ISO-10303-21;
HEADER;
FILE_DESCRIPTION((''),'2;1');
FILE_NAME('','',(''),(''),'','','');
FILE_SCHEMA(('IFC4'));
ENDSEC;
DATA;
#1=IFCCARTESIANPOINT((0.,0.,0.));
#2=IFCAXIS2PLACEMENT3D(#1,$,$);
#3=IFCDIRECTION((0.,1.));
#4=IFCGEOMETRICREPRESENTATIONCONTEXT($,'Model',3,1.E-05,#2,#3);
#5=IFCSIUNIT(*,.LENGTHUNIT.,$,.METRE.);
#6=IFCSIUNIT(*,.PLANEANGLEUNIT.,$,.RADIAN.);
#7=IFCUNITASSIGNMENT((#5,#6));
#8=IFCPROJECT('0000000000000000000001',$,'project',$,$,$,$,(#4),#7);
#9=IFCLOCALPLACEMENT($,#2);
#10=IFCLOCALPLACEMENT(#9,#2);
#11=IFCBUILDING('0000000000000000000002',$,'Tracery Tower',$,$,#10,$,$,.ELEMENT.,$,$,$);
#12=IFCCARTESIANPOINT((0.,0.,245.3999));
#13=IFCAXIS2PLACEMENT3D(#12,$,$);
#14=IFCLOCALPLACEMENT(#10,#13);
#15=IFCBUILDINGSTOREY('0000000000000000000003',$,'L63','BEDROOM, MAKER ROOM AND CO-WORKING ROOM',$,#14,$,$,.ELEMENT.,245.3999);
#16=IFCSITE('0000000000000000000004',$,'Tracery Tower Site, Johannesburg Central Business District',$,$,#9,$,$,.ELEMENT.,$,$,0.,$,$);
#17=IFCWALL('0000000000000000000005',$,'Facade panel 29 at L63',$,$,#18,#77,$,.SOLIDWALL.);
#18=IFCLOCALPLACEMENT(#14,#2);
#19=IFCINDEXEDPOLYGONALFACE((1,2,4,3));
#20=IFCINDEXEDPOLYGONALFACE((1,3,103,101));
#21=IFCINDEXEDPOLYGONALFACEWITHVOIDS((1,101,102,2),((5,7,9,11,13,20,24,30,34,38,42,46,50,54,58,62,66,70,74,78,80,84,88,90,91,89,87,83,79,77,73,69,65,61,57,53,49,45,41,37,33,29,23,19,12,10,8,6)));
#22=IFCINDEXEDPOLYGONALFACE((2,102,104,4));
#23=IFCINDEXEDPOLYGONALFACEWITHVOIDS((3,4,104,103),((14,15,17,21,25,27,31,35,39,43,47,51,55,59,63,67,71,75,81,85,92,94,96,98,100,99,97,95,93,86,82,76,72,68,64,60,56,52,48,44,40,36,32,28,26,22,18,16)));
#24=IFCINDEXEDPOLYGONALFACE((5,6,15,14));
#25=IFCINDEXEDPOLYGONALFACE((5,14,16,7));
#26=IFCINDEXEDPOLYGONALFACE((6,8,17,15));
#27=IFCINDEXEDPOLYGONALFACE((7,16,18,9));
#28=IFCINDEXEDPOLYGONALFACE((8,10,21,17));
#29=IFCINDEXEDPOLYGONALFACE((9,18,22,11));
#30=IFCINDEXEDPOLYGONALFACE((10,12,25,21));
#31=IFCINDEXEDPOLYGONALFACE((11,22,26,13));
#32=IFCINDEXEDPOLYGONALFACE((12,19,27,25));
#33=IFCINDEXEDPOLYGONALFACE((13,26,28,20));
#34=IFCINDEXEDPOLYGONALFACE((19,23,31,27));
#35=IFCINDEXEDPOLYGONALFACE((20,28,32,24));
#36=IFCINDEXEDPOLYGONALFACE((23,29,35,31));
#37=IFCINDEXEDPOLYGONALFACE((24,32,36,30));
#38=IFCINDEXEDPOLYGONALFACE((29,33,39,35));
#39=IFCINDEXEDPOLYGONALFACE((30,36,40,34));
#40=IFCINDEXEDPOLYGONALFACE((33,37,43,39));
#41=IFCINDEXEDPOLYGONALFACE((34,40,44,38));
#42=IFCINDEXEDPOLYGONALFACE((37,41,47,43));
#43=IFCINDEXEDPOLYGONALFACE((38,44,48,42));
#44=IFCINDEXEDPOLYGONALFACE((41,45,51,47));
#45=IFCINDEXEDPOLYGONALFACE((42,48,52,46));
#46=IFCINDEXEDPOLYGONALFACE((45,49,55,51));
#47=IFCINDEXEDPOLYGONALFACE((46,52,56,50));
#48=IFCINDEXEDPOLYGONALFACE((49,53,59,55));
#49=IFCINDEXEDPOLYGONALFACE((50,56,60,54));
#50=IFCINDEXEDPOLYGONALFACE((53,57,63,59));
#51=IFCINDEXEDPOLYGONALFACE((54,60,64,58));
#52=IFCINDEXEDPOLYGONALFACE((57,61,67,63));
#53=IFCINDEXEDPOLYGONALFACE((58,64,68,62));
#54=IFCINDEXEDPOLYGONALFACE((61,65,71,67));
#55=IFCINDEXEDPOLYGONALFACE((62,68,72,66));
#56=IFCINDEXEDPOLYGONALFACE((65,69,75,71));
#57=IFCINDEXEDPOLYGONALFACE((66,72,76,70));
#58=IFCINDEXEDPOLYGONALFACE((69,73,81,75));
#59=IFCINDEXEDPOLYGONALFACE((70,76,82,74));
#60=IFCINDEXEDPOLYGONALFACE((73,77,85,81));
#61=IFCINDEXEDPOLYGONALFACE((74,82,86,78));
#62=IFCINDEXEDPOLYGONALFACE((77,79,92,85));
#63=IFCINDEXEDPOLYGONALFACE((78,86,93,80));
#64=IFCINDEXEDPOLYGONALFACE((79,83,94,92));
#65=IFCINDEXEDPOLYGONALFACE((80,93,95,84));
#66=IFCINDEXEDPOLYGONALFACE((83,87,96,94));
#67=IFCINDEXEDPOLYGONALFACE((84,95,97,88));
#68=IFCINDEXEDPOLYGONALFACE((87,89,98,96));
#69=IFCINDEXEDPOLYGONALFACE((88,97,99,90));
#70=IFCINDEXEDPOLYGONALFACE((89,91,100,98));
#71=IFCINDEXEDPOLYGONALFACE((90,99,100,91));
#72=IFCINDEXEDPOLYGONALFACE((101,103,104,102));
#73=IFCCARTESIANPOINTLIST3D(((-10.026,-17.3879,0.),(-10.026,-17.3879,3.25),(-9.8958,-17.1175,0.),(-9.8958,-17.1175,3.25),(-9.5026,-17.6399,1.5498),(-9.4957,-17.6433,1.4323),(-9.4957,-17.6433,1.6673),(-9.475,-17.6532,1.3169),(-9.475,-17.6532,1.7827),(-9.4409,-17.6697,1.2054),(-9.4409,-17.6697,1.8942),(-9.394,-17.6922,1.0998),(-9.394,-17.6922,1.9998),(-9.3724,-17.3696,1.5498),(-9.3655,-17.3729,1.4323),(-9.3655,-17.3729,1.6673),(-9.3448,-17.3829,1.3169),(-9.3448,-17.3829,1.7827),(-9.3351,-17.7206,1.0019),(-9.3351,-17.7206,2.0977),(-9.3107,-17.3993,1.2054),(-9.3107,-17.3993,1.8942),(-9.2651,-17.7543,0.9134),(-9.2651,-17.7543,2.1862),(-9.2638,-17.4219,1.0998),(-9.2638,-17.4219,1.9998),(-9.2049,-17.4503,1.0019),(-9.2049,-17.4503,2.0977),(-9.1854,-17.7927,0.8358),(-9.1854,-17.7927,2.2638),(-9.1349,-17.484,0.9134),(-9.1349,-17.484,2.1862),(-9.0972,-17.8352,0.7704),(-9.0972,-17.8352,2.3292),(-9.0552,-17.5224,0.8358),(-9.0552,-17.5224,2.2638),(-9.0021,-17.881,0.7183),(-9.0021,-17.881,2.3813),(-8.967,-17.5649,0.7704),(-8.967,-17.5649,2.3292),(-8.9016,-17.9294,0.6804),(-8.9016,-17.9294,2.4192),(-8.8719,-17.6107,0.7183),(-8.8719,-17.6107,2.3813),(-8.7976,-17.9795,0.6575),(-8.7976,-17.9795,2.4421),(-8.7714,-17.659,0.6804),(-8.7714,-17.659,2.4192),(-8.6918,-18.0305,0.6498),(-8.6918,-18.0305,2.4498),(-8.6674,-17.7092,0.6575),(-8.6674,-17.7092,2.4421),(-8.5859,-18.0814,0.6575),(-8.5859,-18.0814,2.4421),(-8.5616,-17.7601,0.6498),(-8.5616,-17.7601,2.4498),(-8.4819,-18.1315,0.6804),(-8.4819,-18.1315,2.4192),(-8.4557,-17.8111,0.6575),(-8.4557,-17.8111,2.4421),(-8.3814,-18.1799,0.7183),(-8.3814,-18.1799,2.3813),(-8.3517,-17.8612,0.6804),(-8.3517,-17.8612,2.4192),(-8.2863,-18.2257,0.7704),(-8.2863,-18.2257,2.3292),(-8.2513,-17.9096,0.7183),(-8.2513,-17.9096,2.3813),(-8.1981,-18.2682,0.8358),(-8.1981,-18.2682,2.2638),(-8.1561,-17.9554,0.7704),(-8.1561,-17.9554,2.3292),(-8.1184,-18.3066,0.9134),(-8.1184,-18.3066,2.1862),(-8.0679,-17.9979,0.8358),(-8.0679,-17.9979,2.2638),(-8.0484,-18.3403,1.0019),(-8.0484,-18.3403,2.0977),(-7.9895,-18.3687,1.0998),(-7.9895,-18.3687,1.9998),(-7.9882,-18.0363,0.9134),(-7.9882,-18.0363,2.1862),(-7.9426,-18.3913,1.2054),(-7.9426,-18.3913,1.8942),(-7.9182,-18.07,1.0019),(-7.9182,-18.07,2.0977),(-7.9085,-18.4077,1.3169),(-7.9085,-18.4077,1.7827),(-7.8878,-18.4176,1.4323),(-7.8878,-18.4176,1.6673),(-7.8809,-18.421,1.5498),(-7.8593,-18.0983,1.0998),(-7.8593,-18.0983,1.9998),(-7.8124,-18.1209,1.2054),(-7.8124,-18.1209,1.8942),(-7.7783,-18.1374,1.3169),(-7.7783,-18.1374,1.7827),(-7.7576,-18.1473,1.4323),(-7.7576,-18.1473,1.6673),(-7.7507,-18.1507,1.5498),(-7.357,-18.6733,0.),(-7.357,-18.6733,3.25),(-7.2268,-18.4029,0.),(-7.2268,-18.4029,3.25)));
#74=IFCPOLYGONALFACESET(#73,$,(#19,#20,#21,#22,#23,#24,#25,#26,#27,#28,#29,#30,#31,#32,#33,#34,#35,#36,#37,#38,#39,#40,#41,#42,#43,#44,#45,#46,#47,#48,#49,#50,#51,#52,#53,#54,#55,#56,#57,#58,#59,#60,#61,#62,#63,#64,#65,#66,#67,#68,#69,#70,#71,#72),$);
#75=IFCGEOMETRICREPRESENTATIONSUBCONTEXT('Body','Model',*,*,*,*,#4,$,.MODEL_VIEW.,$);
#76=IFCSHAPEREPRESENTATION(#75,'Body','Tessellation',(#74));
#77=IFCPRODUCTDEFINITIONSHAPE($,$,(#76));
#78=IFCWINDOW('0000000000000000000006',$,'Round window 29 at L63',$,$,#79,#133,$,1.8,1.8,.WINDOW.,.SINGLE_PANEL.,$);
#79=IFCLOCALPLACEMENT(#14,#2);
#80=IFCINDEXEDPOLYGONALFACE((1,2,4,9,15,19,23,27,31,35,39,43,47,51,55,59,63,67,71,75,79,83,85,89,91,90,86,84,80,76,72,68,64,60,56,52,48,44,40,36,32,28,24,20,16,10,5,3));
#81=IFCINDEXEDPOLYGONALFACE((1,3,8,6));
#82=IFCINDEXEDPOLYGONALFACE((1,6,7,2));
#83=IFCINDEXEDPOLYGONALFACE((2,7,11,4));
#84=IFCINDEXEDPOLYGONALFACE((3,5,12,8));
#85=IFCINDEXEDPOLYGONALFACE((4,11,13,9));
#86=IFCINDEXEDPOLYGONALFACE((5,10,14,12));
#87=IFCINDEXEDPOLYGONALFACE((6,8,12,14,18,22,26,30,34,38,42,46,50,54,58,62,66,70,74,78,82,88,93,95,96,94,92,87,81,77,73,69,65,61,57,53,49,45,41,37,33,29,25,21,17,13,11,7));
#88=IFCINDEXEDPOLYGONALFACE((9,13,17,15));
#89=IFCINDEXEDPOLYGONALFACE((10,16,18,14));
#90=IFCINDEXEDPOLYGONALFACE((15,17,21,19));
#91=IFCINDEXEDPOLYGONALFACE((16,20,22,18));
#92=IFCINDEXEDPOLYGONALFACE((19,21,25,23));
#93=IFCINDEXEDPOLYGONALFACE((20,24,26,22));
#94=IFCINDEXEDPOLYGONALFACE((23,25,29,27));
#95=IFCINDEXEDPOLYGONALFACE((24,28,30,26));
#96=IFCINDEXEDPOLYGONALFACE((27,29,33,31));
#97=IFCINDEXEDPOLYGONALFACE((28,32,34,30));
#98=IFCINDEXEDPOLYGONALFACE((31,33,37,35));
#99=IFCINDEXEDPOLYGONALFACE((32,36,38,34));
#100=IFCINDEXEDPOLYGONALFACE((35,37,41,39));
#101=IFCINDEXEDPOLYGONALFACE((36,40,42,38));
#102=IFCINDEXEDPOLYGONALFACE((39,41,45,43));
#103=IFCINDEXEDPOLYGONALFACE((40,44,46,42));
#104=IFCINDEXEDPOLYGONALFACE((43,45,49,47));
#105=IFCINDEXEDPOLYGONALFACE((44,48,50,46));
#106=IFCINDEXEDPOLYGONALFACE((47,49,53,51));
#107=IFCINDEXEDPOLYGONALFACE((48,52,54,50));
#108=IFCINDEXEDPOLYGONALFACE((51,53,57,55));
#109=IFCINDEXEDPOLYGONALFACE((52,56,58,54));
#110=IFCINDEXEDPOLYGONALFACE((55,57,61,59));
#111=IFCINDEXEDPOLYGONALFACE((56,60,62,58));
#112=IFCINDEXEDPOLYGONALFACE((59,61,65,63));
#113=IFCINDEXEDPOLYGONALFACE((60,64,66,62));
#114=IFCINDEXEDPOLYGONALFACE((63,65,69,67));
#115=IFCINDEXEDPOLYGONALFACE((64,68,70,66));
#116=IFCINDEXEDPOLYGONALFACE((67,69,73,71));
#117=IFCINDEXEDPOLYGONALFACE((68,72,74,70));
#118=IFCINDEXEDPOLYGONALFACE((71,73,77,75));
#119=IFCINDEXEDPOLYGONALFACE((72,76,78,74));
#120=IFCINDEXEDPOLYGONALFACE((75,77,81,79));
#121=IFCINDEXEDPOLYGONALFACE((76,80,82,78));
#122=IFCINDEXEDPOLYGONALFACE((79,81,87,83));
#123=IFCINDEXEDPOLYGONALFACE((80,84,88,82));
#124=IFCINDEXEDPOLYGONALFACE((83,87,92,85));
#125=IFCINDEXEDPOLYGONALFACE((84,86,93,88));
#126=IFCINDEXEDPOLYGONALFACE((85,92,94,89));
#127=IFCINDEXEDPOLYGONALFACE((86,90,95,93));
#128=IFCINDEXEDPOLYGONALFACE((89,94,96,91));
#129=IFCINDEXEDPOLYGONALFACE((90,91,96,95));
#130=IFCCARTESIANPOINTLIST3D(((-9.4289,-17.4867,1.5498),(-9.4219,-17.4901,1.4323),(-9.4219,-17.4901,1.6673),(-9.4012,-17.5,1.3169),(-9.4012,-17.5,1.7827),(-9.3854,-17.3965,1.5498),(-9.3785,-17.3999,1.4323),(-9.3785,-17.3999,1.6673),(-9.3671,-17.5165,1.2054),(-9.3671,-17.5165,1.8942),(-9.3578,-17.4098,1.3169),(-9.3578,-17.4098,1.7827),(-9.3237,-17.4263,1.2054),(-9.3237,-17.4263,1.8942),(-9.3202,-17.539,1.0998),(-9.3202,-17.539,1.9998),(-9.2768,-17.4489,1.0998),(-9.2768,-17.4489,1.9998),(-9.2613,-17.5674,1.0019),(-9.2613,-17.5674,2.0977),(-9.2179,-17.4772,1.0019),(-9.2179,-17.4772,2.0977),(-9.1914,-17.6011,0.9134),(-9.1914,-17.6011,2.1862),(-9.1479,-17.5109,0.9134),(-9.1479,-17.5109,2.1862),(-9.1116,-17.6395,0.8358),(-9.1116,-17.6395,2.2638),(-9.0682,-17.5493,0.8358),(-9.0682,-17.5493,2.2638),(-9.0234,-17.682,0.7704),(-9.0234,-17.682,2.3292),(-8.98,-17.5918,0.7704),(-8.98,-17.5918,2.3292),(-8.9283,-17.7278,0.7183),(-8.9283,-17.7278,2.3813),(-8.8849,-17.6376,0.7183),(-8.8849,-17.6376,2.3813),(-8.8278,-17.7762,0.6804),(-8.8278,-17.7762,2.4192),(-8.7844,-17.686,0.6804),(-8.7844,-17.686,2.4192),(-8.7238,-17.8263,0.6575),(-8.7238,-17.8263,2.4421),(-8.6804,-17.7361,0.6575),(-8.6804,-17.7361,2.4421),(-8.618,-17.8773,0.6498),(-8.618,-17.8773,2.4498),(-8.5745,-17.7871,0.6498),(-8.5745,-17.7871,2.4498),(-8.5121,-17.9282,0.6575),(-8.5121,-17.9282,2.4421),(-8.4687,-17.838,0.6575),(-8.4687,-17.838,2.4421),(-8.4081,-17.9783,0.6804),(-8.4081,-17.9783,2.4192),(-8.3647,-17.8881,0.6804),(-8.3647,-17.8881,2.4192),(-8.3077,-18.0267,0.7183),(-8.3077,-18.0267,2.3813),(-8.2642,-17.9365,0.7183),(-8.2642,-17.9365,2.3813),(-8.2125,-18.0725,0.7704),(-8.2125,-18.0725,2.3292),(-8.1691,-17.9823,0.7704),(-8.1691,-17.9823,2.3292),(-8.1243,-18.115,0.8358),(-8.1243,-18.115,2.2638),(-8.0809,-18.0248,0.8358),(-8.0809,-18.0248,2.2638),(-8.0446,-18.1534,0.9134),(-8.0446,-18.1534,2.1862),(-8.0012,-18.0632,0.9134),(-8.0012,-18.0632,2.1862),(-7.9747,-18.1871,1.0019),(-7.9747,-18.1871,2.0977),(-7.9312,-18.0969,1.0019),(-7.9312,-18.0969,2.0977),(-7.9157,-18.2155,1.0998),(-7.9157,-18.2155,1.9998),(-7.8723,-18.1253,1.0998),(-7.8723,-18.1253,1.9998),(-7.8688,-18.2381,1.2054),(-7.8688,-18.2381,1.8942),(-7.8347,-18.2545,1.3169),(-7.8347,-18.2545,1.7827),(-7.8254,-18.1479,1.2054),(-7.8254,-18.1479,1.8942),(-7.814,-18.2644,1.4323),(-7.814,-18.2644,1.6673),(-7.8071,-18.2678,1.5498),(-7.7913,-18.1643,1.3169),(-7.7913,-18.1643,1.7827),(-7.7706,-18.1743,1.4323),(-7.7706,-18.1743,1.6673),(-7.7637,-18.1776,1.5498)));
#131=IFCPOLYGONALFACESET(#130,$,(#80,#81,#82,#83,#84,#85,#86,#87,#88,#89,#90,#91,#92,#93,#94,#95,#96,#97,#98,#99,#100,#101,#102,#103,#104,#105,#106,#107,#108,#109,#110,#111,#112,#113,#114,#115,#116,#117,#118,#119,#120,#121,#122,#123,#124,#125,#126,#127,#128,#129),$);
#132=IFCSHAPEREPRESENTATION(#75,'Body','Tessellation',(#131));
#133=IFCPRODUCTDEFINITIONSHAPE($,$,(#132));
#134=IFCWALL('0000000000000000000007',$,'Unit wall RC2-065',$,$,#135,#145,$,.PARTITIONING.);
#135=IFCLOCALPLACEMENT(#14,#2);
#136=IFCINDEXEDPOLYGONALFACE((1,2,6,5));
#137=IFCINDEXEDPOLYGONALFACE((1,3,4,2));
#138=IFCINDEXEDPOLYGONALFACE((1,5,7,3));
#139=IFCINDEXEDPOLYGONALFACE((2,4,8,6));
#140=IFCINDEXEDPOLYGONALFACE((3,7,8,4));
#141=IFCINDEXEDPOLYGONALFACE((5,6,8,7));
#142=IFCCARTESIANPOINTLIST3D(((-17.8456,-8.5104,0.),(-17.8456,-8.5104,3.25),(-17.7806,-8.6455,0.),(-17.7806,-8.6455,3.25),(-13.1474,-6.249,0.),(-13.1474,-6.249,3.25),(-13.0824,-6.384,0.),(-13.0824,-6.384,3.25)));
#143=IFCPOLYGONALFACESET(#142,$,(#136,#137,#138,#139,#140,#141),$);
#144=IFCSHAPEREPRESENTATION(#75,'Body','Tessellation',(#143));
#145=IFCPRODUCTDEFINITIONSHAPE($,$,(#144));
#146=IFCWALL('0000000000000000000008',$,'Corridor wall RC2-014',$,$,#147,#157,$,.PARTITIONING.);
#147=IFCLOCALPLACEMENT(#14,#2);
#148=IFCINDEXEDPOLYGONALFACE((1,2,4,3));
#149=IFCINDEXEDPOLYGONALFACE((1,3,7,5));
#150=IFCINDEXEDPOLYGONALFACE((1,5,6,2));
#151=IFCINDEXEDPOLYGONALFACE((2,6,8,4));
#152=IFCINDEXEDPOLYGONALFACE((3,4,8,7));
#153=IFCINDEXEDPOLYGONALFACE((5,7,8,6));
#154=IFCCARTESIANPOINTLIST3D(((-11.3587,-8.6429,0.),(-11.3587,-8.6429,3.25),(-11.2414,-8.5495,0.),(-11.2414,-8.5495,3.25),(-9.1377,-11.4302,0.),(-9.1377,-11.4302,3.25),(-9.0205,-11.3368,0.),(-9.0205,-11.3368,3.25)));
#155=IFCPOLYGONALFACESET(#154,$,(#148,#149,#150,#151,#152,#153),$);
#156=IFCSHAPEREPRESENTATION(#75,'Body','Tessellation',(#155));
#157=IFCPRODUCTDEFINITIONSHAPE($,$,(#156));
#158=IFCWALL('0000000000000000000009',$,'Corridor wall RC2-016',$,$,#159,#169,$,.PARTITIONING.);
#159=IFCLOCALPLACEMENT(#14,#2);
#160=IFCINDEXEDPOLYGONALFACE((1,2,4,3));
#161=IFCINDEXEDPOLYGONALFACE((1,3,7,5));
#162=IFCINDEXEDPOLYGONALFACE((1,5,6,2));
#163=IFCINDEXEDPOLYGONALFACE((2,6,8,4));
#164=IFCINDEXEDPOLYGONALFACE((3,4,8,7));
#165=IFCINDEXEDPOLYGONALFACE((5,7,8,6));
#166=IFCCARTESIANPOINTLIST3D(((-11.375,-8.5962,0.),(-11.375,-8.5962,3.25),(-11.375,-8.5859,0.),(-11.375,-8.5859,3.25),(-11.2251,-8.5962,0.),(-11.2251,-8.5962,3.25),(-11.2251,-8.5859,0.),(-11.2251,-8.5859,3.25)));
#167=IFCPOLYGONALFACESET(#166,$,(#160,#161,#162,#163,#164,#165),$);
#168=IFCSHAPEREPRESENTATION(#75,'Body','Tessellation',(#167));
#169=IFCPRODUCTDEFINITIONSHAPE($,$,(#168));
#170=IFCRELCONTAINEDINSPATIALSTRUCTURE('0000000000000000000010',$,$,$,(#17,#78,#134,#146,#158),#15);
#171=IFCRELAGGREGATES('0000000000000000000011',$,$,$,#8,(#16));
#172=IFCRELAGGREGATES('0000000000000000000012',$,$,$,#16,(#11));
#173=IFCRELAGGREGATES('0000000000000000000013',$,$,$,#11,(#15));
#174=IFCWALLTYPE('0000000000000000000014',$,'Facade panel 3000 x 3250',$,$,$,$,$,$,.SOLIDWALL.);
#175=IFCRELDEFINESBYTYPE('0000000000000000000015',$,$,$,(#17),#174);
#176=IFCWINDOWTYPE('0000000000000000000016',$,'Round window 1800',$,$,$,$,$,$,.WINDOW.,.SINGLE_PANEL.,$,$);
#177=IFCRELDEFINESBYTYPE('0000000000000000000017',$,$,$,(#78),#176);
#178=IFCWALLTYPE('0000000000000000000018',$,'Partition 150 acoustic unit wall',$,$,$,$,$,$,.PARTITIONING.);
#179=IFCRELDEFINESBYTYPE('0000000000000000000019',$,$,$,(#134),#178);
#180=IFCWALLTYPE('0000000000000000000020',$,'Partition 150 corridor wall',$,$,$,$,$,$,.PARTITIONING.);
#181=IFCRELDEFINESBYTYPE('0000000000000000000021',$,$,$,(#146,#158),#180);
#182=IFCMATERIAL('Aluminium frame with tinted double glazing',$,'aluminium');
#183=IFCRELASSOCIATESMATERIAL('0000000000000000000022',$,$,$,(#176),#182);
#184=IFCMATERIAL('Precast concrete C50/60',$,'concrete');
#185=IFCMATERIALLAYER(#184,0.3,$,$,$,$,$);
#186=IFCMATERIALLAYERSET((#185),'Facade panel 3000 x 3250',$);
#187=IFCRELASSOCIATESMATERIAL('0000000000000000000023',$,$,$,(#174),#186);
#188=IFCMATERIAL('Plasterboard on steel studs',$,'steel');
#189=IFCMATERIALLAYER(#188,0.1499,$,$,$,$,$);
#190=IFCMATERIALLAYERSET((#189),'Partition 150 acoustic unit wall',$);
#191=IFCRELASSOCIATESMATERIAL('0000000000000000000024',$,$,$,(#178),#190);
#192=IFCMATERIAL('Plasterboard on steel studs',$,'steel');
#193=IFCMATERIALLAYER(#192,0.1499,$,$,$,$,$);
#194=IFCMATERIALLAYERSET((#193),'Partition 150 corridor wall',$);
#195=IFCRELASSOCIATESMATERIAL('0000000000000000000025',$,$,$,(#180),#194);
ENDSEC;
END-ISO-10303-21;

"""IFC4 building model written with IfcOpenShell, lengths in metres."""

from ifc_helpers import new_model, si_unit, direction, frame, frame_2d, origin, origin_2d, place, context, subcontext, project, spatial, rectangle, circle, extrude, material, layer, layer_set, type_object, element, fill, save


model = new_model("IFC4")

# Units and contexts
model_context = context("Model", 3, precision=1e-05, world=origin(), true_north=direction((0.0, 1.0)))
body_context = subcontext(model_context, "Body", "Model", "MODEL_VIEW")
ifc_project = project(units=[si_unit("LENGTHUNIT", "METRE"), si_unit("PLANEANGLEUNIT", "RADIAN")], contexts=[model_context])

# Site, building, storey
site_placement = place(None, origin())
site = spatial("IfcSite", under=ifc_project, at=site_placement, Name="Tracery Tower Site, Johannesburg Central Business District", CompositionType="ELEMENT", RefElevation=0.0)
building_placement = place(site_placement, origin())
building = spatial("IfcBuilding", under=site, at=building_placement, Name="Tracery Tower", CompositionType="ELEMENT")
storey_placement = place(building_placement, frame((0.0, 0.0, 245.3999)))
storey = spatial("IfcBuildingStorey", under=building, at=storey_placement, Name="L63", Description="BEDROOM, MAKER ROOM AND CO-WORKING ROOM", CompositionType="ELEMENT", Elevation=245.3999)

# Wall, opening, window
ifc_material_1 = material(Name="Aluminium frame with tinted double glazing", Category="aluminium")
window_type = type_object("IfcWindowType", Name="Round window 1800", PartitioningType="SINGLE_PANEL", PredefinedType="WINDOW", material=ifc_material_1)
ifc_material_2 = material(Name="Precast concrete C50/60", Category="concrete")
ifc_layer_1 = layer(ifc_material_2, 0.3)
ifc_layer_set_1 = layer_set([ifc_layer_1], Name="Facade panel 3000 x 3250")
wall_type_1 = type_object("IfcWallType", Name="Facade panel 3000 x 3250", PredefinedType="SOLIDWALL", material=ifc_layer_set_1)
wall_1_placement = place(storey_placement, frame((-9.9609, -17.2527, 0.0), z_axis=(0.0, 0.0, 1.0), x_axis=(0.900955, -0.433912, 0.0)))
wall_1 = element("IfcWall", 1, at=wall_1_placement, inside=storey, type_object=wall_type_1, Name="Facade panel 29 at L63", PredefinedType="SOLIDWALL", context=body_context, shape_type="SweptSolid", body=[
    extrude(rectangle(XDim=2.9624, YDim=0.3, at=frame_2d((1.4812, 0.0))), origin(), (0.0, 0.0, 1.0), 3.25),
])
opening_1_placement = place(wall_1_placement, frame((1.481, 0.0, 1.5498)))
opening_1 = element("IfcOpeningElement", 2, at=opening_1_placement, cuts=wall_1, PredefinedType="OPENING", context=body_context, shape_type="SweptSolid", body=[
    extrude(circle(Radius=0.9, at=origin_2d()), frame((0.0, 0.1599, 0.0), z_axis=(0.0, -1.0, 0.0), x_axis=(1.0, 0.0, 0.0)), (0.0, 0.0, 1.0), 0.3201),
])
window_1_placement = place(opening_1_placement, origin())
window_1 = element("IfcWindow", 3, at=window_1_placement, inside=storey, type_object=window_type, Name="Round window 29 at L63", OverallHeight=1.8, OverallWidth=1.8, PartitioningType="SINGLE_PANEL", PredefinedType="WINDOW", context=body_context, shape_type="SweptSolid", body=[
    extrude(circle(Radius=0.9, at=origin_2d()), frame((0.0, 0.1201, 0.0), z_axis=(0.0, -1.0, 0.0), x_axis=(1.0, 0.0, 0.0)), (0.0, 0.0, 1.0), 0.1001),
])
fill(opening_1, window_1)

# Walls
ifc_material_3 = material(Name="Plasterboard on steel studs", Category="steel")
ifc_layer_2 = layer(ifc_material_3, 0.1499)
ifc_layer_set_2 = layer_set([ifc_layer_2], Name="Partition 150 acoustic unit wall")
wall_type_2 = type_object("IfcWallType", Name="Partition 150 acoustic unit wall", PredefinedType="PARTITIONING", material=ifc_layer_set_2)
wall_2_placement = place(storey_placement, frame((-17.813, -8.5779, 0.0), z_axis=(0.0, 0.0, 1.0), x_axis=(0.90105, 0.433716, 0.0)))
element("IfcWall", 4, at=wall_2_placement, inside=storey, type_object=wall_type_2, Name="Unit wall RC2-065", PredefinedType="PARTITIONING", context=body_context, shape_type="SweptSolid", body=[
    extrude(rectangle(XDim=5.2141, YDim=0.1499, at=frame_2d((2.6069, 0.0))), origin(), (0.0, 0.0, 1.0), 3.25),
])
ifc_material_4 = material(Name="Plasterboard on steel studs", Category="steel")
ifc_layer_3 = layer(ifc_material_4, 0.1499)
ifc_layer_set_3 = layer_set([ifc_layer_3], Name="Partition 150 corridor wall")
wall_type_3 = type_object("IfcWallType", Name="Partition 150 corridor wall", PredefinedType="PARTITIONING", material=ifc_layer_set_3)
wall_3_placement = place(storey_placement, frame((-11.3, -8.5962, 0.0), z_axis=(0.0, 0.0, 1.0), x_axis=(0.623165, -0.78209, 0.0)))
element("IfcWall", 5, at=wall_3_placement, inside=storey, type_object=wall_type_3, Name="Corridor wall RC2-014", PredefinedType="PARTITIONING", context=body_context, shape_type="SweptSolid", body=[
    extrude(rectangle(XDim=3.564, YDim=0.1499, at=frame_2d((1.782, 0.0))), origin(), (0.0, 0.0, 1.0), 3.25),
])
wall_4_placement = place(storey_placement, frame((-11.3, -8.5962, 0.0), z_axis=(0.0, 0.0, 1.0), x_axis=(0.0, 1.0, 0.0)))
element("IfcWall", 6, at=wall_4_placement, inside=storey, type_object=wall_type_3, Name="Corridor wall RC2-016", PredefinedType="PARTITIONING", context=body_context, shape_type="SweptSolid", body=[
    extrude(rectangle(XDim=0.0103, YDim=0.1499, at=frame_2d((0.0051, 0.0))), origin(), (0.0, 0.0, 1.0), 3.25),
])

save(model, "model.ifc")
